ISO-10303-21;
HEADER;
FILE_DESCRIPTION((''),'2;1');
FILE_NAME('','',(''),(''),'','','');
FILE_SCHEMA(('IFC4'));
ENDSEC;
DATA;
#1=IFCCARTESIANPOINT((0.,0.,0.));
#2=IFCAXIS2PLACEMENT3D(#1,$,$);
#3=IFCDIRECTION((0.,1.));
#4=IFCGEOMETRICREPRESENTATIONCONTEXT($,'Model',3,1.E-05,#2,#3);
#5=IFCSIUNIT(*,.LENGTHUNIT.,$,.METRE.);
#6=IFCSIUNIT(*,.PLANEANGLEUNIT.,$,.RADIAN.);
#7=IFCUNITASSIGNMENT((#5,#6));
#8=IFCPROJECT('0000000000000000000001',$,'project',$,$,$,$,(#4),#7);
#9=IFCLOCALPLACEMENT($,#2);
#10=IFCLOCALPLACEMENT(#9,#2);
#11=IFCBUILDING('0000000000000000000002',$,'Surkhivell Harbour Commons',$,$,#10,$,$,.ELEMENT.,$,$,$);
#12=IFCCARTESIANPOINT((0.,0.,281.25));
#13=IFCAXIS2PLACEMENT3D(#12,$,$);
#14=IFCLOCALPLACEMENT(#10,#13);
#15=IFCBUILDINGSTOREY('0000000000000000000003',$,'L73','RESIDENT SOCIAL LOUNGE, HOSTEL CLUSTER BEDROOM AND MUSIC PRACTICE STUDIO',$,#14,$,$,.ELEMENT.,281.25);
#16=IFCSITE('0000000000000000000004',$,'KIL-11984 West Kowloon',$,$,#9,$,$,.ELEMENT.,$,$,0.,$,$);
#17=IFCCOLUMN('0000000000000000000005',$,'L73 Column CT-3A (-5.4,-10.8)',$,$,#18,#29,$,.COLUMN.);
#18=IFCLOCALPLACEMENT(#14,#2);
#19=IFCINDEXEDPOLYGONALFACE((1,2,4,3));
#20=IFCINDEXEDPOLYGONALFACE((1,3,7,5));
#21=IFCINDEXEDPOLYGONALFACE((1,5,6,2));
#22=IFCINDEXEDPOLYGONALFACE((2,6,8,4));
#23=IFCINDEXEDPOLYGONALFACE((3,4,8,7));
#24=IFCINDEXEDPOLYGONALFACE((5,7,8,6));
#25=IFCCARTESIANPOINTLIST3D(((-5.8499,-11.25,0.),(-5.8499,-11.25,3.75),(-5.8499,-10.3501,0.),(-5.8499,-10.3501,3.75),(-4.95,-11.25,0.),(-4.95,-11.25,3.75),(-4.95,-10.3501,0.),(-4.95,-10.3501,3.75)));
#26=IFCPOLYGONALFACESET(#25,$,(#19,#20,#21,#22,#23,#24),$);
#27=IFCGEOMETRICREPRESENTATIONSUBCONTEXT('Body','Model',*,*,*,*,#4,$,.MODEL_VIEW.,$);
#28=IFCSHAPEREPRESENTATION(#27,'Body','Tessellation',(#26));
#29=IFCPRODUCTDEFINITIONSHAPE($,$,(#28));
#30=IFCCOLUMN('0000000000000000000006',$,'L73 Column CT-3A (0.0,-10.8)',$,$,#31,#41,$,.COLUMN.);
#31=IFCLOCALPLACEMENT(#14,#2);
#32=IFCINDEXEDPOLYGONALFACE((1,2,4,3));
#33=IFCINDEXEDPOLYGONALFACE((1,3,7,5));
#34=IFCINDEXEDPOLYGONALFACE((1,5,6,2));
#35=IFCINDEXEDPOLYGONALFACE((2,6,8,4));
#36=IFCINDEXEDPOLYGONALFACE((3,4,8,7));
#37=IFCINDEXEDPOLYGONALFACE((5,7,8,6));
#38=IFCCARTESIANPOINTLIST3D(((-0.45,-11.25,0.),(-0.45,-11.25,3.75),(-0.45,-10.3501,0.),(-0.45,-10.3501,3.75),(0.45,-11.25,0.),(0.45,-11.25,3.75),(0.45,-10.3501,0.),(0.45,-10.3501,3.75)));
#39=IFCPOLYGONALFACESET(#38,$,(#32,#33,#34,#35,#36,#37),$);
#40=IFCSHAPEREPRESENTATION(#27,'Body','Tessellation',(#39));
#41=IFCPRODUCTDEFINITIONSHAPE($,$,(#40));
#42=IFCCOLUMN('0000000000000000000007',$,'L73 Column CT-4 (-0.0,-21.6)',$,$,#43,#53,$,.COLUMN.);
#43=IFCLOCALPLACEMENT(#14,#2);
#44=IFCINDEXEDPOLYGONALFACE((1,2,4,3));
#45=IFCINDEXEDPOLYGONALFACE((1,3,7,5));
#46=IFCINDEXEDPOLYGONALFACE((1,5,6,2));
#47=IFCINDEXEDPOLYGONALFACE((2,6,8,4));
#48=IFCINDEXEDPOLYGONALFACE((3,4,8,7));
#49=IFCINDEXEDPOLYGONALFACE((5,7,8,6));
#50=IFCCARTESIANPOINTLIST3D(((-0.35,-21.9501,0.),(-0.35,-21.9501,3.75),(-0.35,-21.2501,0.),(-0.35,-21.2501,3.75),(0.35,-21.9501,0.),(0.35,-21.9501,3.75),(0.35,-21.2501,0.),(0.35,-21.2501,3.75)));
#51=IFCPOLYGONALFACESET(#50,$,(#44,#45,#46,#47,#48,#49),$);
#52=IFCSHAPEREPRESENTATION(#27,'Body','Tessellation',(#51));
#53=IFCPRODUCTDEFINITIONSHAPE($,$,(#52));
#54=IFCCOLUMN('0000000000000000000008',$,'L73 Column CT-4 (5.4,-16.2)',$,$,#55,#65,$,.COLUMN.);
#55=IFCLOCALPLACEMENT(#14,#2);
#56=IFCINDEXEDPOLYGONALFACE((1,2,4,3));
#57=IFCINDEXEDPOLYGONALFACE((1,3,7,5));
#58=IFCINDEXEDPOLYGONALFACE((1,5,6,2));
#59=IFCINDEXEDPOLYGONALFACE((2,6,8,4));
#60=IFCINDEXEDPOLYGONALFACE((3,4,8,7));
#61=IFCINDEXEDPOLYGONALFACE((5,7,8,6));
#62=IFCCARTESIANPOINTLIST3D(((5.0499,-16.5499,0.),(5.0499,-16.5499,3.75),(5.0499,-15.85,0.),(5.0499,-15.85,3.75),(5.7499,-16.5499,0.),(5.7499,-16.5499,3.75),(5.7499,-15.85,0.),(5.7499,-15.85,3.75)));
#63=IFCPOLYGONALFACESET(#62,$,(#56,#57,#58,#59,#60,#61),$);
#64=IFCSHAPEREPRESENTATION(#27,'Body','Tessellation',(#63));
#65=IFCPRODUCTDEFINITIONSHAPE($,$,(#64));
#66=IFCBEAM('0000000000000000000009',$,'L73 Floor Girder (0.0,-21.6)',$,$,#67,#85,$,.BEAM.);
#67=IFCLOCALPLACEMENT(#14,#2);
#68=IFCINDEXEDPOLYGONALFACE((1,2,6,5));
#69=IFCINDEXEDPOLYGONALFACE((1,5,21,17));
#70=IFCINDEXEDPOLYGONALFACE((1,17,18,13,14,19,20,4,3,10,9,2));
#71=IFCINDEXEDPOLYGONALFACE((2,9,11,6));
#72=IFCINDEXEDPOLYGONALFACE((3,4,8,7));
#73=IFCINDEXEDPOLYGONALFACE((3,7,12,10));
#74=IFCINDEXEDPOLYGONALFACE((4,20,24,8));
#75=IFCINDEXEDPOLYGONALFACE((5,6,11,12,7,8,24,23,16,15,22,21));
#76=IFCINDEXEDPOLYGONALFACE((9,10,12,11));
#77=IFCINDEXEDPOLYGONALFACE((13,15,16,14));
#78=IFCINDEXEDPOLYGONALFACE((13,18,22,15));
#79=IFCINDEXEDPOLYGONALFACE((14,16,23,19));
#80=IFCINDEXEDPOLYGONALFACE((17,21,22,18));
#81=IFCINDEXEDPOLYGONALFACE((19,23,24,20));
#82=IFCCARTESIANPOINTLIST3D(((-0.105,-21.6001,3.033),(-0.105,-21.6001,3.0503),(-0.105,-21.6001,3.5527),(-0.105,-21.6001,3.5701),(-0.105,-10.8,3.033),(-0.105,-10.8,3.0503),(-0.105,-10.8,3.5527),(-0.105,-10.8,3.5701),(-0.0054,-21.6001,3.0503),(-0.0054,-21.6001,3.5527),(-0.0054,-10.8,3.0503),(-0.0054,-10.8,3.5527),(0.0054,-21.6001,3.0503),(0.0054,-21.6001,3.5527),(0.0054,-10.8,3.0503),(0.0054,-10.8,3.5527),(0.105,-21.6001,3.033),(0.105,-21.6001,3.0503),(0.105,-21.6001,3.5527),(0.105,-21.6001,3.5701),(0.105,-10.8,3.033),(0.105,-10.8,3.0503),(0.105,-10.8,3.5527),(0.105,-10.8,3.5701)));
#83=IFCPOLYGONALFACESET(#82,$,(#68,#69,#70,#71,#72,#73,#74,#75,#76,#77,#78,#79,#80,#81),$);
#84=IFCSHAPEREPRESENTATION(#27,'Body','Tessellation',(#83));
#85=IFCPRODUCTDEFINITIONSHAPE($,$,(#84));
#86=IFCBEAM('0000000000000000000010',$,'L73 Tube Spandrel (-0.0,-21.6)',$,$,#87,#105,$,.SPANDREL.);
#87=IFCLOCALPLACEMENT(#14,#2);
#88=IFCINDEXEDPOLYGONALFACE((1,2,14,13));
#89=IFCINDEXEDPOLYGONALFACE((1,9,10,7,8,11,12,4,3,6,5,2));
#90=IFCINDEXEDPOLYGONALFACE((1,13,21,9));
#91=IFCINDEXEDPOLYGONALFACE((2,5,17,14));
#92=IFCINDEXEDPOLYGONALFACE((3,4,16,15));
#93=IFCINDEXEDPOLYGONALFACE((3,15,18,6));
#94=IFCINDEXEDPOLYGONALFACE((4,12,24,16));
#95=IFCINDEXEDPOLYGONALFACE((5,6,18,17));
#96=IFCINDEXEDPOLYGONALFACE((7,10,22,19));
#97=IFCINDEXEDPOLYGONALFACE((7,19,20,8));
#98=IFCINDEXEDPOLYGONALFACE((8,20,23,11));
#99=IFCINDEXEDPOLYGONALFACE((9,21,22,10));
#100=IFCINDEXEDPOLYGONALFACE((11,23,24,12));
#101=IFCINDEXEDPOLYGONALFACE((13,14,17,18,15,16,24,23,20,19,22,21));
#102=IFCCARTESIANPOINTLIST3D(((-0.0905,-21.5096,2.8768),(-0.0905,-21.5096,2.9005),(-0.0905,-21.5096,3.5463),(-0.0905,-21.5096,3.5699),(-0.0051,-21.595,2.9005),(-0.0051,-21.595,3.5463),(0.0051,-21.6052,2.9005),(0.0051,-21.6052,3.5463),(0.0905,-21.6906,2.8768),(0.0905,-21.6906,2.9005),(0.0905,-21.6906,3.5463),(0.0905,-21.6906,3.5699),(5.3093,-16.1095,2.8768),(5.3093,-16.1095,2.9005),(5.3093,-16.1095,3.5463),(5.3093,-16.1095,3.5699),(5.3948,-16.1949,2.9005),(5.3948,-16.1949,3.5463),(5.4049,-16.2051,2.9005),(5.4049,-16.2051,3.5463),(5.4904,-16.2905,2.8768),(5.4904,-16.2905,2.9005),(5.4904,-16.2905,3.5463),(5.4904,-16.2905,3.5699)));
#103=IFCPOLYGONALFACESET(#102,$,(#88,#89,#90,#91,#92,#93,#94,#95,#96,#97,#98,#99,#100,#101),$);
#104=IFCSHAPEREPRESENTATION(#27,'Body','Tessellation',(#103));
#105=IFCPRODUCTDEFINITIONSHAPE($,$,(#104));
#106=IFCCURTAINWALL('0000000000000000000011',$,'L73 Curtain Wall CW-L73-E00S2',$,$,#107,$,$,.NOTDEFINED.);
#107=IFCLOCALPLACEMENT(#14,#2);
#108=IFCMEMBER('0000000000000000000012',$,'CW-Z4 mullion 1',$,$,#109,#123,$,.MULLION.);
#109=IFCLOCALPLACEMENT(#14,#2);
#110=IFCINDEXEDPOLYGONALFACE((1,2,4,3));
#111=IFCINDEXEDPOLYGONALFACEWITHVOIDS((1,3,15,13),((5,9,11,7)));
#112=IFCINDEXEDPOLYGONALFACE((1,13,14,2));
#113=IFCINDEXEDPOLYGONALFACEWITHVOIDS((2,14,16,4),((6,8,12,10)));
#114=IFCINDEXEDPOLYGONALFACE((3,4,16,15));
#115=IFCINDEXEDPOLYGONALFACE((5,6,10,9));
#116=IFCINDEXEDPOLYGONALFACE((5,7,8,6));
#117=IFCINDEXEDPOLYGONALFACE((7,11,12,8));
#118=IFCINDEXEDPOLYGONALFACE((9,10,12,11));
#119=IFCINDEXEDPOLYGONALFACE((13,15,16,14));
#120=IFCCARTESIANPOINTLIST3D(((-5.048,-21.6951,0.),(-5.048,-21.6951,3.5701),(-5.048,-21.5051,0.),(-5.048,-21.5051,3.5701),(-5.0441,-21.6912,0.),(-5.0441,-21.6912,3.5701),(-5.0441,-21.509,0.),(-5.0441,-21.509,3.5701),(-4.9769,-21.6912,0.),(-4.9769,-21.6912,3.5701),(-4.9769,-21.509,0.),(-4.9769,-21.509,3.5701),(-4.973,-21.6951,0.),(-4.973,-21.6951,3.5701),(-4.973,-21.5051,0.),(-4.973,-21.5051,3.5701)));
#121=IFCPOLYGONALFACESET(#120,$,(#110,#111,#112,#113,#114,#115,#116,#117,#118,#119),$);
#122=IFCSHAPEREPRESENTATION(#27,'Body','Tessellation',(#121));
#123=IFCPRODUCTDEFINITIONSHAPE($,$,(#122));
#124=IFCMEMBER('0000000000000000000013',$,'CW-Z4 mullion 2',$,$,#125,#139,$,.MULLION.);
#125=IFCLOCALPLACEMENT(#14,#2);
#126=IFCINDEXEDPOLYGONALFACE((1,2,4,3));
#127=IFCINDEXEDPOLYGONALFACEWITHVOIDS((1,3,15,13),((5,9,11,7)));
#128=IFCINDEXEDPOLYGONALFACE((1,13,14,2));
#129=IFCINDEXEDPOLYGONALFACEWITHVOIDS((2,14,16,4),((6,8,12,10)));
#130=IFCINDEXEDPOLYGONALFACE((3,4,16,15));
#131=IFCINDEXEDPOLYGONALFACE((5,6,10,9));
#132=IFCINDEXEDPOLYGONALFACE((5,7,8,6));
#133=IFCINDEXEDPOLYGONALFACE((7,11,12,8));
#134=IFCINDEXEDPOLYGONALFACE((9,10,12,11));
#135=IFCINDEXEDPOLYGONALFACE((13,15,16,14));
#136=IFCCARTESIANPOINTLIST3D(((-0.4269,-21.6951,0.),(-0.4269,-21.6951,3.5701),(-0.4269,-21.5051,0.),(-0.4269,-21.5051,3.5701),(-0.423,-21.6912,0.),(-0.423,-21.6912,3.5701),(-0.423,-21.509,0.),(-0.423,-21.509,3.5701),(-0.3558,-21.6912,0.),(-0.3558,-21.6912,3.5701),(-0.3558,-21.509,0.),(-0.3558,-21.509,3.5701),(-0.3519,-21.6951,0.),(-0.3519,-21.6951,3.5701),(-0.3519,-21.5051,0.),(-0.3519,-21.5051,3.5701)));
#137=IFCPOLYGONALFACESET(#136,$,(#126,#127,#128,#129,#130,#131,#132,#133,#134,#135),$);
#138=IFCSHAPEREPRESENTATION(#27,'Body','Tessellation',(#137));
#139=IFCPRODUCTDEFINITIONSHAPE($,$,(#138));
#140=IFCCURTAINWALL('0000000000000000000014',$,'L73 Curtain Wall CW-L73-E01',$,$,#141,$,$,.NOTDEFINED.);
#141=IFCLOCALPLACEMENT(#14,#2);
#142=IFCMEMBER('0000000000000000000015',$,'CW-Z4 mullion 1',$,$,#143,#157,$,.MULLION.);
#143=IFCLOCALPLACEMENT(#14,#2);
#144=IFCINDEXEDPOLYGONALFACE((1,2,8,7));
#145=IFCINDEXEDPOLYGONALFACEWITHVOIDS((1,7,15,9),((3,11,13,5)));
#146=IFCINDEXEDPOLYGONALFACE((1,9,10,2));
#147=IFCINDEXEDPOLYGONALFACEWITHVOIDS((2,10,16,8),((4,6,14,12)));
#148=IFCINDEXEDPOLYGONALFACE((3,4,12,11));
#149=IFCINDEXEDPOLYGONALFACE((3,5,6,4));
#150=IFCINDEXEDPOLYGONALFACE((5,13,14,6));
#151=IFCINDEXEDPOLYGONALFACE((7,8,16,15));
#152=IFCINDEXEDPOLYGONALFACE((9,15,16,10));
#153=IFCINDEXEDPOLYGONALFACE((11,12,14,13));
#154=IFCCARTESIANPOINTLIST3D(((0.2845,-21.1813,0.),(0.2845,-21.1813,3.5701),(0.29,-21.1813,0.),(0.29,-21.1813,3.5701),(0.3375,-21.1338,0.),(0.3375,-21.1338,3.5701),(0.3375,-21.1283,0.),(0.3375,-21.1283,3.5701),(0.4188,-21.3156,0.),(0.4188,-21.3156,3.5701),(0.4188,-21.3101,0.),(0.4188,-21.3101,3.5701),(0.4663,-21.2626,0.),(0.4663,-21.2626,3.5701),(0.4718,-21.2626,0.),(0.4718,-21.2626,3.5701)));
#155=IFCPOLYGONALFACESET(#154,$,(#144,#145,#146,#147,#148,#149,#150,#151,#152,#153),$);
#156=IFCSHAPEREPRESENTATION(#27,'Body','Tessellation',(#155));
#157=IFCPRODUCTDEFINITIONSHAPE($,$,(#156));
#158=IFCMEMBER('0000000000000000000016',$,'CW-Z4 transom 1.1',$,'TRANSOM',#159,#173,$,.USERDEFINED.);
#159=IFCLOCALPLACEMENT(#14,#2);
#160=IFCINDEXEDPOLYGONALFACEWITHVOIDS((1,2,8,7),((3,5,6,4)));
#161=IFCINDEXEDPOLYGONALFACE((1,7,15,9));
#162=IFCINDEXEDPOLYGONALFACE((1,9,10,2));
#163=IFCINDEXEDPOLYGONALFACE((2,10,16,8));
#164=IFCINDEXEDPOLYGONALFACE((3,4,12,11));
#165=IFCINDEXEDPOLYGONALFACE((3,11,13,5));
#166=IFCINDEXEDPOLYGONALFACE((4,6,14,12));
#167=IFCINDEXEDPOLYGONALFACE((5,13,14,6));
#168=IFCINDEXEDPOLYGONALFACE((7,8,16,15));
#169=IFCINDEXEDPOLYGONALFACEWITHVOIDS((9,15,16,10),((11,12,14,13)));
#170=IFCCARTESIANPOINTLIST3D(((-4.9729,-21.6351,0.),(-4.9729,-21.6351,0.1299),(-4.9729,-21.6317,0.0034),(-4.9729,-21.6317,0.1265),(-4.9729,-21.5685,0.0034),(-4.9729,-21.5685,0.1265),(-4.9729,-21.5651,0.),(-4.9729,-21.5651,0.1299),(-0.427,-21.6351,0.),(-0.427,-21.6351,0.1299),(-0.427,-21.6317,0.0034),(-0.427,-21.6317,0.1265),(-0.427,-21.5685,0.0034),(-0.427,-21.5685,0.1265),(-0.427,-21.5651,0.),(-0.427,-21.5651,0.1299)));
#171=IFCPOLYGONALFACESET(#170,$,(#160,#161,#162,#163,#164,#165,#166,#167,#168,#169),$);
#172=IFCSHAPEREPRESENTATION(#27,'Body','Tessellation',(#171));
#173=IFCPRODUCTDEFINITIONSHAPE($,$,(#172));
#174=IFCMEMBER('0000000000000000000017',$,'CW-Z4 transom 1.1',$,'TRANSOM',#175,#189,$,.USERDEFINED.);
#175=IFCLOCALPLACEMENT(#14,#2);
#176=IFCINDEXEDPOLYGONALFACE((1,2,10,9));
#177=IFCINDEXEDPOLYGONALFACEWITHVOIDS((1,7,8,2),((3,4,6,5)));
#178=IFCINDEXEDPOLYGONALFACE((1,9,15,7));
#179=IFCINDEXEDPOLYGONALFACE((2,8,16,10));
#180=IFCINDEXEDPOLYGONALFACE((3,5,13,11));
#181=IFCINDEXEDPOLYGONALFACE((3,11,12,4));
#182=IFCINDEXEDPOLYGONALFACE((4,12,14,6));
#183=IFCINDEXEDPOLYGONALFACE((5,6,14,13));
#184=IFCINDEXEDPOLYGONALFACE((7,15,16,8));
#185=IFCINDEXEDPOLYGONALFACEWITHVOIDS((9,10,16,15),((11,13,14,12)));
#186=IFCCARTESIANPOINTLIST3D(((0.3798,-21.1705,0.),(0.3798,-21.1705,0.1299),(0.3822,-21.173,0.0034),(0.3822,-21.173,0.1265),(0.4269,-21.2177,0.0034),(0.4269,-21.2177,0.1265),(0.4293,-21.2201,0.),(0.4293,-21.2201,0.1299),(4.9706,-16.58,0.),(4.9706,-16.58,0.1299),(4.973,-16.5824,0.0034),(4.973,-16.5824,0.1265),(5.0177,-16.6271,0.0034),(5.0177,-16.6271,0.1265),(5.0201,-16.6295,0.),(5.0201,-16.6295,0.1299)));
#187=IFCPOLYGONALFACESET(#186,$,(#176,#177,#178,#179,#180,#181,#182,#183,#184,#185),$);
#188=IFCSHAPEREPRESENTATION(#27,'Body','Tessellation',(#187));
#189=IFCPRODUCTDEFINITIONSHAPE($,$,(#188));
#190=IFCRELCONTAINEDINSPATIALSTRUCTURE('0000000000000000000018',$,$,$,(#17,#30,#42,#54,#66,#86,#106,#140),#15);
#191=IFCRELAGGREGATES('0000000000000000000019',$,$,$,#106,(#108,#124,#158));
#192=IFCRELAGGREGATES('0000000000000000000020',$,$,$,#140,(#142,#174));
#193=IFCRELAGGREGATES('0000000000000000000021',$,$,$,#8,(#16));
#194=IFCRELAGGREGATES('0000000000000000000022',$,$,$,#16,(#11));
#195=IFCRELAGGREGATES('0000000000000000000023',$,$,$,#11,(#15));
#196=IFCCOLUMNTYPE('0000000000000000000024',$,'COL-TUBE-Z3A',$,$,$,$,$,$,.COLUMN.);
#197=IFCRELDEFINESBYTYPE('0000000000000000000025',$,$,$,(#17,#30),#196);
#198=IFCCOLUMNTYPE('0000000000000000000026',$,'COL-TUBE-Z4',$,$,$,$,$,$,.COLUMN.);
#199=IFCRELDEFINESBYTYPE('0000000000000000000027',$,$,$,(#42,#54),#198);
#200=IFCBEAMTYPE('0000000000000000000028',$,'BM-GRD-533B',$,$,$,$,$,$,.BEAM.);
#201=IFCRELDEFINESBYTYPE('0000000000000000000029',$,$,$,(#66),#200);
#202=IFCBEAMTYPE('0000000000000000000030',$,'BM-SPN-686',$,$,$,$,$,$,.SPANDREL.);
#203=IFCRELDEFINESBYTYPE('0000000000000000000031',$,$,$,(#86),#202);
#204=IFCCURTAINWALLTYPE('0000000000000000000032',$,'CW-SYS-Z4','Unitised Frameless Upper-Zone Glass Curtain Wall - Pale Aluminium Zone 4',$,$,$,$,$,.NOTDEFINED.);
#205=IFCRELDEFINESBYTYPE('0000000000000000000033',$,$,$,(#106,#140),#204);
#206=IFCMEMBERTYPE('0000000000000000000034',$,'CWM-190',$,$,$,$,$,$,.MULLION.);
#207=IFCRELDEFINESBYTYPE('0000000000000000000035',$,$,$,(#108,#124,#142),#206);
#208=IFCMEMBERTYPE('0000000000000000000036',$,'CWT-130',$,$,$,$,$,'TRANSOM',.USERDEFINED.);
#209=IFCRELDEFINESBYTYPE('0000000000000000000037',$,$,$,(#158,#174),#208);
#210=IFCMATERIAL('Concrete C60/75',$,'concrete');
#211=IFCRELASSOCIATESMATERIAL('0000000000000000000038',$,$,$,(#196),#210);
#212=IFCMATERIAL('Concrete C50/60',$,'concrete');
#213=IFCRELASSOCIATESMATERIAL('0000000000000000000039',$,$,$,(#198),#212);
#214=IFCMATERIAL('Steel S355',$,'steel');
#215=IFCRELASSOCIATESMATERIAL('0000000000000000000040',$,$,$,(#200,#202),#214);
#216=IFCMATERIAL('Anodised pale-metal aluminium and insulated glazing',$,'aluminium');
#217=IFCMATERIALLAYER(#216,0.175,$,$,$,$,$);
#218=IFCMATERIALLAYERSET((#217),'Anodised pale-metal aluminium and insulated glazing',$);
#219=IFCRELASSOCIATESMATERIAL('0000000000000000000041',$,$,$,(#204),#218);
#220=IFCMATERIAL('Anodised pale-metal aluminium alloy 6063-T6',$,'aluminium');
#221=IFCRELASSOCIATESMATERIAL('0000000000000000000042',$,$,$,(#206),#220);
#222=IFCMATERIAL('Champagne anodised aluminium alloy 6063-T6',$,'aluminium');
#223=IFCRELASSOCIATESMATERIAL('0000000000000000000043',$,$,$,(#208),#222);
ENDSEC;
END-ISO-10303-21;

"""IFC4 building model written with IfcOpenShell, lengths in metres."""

from ifc_helpers import new_model, si_unit, direction, frame, origin, origin_2d, place, context, subcontext, project, spatial, rectangle, hollow_rectangle, i_section, extrude, material, layer, layer_set, material_profile, profile_set, type_object, element, aggregate, save


model = new_model("IFC4")

# Units and contexts
model_context = context("Model", 3, precision=1e-05, world=origin(), true_north=direction((0.0, 1.0)))
body_context = subcontext(model_context, "Body", "Model", "MODEL_VIEW")
ifc_project = project(units=[si_unit("LENGTHUNIT", "METRE"), si_unit("PLANEANGLEUNIT", "RADIAN")], contexts=[model_context])

# Site, building, storey
site_placement = place(None, origin())
site = spatial("IfcSite", under=ifc_project, at=site_placement, Name="KIL-11984 West Kowloon", CompositionType="ELEMENT", RefElevation=0.0)
building_placement = place(site_placement, origin())
building = spatial("IfcBuilding", under=site, at=building_placement, Name="Surkhivell Harbour Commons", CompositionType="ELEMENT")
storey_placement = place(building_placement, frame((0.0, 0.0, 281.25)))
storey = spatial("IfcBuildingStorey", under=building, at=storey_placement, Name="L73", Description="RESIDENT SOCIAL LOUNGE, HOSTEL CLUSTER BEDROOM AND MUSIC PRACTICE STUDIO", CompositionType="ELEMENT", Elevation=281.25)

# Columns
ifc_material_1 = material(Name="Concrete C60/75", Category="concrete")
ifc_material_profile_1 = material_profile(ifc_material_1, rectangle(XDim=0.8999, YDim=0.8999, at=origin_2d()), Name="RC-COL-900x900")
ifc_profile_set_1 = profile_set([ifc_material_profile_1], Name="Concrete C60/75")
column_type_1 = type_object("IfcColumnType", Name="COL-TUBE-Z3A", PredefinedType="COLUMN", material=ifc_profile_set_1)
for number, where, z_axis, x_axis, name in (
    (1, (-5.3999, -10.8, 0.0), (0.0, 0.0, 1.0), (1.0, 0.0, 0.0), "L73 Column CT-3A (-5.4,-10.8)"),
    (2, (0.0, -10.8, 0.0), (0.0, 0.0, 1.0), (1.0, 0.0, 0.0), "L73 Column CT-3A (0.0,-10.8)"),
):
    element("IfcColumn", number, at=place(storey_placement, frame(where, z_axis=z_axis, x_axis=x_axis)), inside=storey, type_object=column_type_1, Name=name, PredefinedType="COLUMN", context=body_context, shape_type="SweptSolid", body=[
        extrude(rectangle(XDim=0.8999, YDim=0.8999, at=origin_2d()), origin(), (0.0, 0.0, 1.0), 3.75),
    ])
ifc_material_2 = material(Name="Concrete C50/60", Category="concrete")
ifc_material_profile_2 = material_profile(ifc_material_2, rectangle(XDim=0.7, YDim=0.7, at=origin_2d()), Name="RC-COL-700x700")
ifc_profile_set_2 = profile_set([ifc_material_profile_2], Name="Concrete C50/60")
column_type_2 = type_object("IfcColumnType", Name="COL-TUBE-Z4", PredefinedType="COLUMN", material=ifc_profile_set_2)
for number, where, z_axis, x_axis, name in (
    (3, (0.0, -21.6001, 0.0), (0.0, 0.0, 1.0), (1.0, 0.0, 0.0), "L73 Column CT-4 (-0.0,-21.6)"),
    (4, (5.3999, -16.2, 0.0), (0.0, 0.0, 1.0), (1.0, 0.0, 0.0), "L73 Column CT-4 (5.4,-16.2)"),
):
    element("IfcColumn", number, at=place(storey_placement, frame(where, z_axis=z_axis, x_axis=x_axis)), inside=storey, type_object=column_type_2, Name=name, PredefinedType="COLUMN", context=body_context, shape_type="SweptSolid", body=[
        extrude(rectangle(XDim=0.7, YDim=0.7, at=origin_2d()), origin(), (0.0, 0.0, 1.0), 3.75),
    ])

# Beams
ifc_material_3 = material(Name="Steel S355", Category="steel")
ifc_material_profile_3 = material_profile(ifc_material_3, i_section(OverallWidth=0.21, OverallDepth=0.5371, WebThickness=0.0107, FlangeThickness=0.0173, at=origin_2d()), Name="UB533x210x101")
ifc_profile_set_3 = profile_set([ifc_material_profile_3], Name="Steel S355")
beam_type_1 = type_object("IfcBeamType", Name="BM-GRD-533B", PredefinedType="BEAM", material=ifc_profile_set_3)
beam_1_placement = place(storey_placement, frame((0.0, -21.6001, 3.3015), z_axis=(0.0, 1.0, 0.0), x_axis=(-1.0, 0.0, 0.0)))
element("IfcBeam", 5, at=beam_1_placement, inside=storey, type_object=beam_type_1, Name="L73 Floor Girder (0.0,-21.6)", PredefinedType="BEAM", context=body_context, shape_type="SweptSolid", body=[
    extrude(i_section(OverallWidth=0.21, OverallDepth=0.5371, WebThickness=0.0107, FlangeThickness=0.0173, at=origin_2d()), origin(), (0.0, 0.0, 1.0), 10.8),
])
ifc_material_profile_4 = material_profile(ifc_material_3, i_section(OverallWidth=0.2561, OverallDepth=0.6931, WebThickness=0.0144, FlangeThickness=0.0237, at=origin_2d()), Name="UB686x254x170")
ifc_profile_set_4 = profile_set([ifc_material_profile_4], Name="Steel S355")
beam_type_2 = type_object("IfcBeamType", Name="BM-SPN-686", PredefinedType="SPANDREL", material=ifc_profile_set_4)
beam_2_placement = place(storey_placement, frame((0.0, -21.6001, 3.2234), z_axis=(0.707091, 0.707123, 0.0), x_axis=(-0.707123, 0.707091, 0.0)))
element("IfcBeam", 6, at=beam_2_placement, inside=storey, type_object=beam_type_2, Name="L73 Tube Spandrel (-0.0,-21.6)", PredefinedType="SPANDREL", context=body_context, shape_type="SweptSolid", body=[
    extrude(i_section(OverallWidth=0.2561, OverallDepth=0.6931, WebThickness=0.0144, FlangeThickness=0.0237, at=origin_2d()), origin(), (0.0, 0.0, 1.0), 7.6367),
])

# Curtain wall, members
ifc_material_4 = material(Name="Anodised pale-metal aluminium and insulated glazing", Category="aluminium")
ifc_layer_1 = layer(ifc_material_4, 0.175)
ifc_layer_set_1 = layer_set([ifc_layer_1], Name="Anodised pale-metal aluminium and insulated glazing")
curtain_wall_type = type_object("IfcCurtainWallType", Name="CW-SYS-Z4", Description="Unitised Frameless Upper-Zone Glass Curtain Wall - Pale Aluminium Zone 4", PredefinedType="NOTDEFINED", material=ifc_layer_set_1)
curtain_wall_1_placement = place(storey_placement, origin())
curtain_wall_1 = element("IfcCurtainWall", 7, at=curtain_wall_1_placement, inside=storey, type_object=curtain_wall_type, Name="L73 Curtain Wall CW-L73-E00S2", PredefinedType="NOTDEFINED")
ifc_material_5 = material(Name="Anodised pale-metal aluminium alloy 6063-T6", Category="aluminium")
ifc_material_profile_5 = material_profile(ifc_material_5, hollow_rectangle(XDim=0.075, YDim=0.1899, WallThickness=0.0039, at=origin_2d()), Name="ALU-MULL-75x190")
ifc_profile_set_5 = profile_set([ifc_material_profile_5], Name="Anodised pale-metal aluminium alloy 6063-T6")
member_type_1 = type_object("IfcMemberType", Name="CWM-190", PredefinedType="MULLION", material=ifc_profile_set_5)
member_1_placement = place(storey_placement, frame((-5.0105, -21.6001, 0.0), z_axis=(0.0, 0.0, 1.0), x_axis=(1.0, 0.0, 0.0)))
member_1 = element("IfcMember", 8, at=member_1_placement, type_object=member_type_1, Name="CW-Z4 mullion 1", PredefinedType="MULLION", context=body_context, shape_type="SweptSolid", body=[
    extrude(hollow_rectangle(XDim=0.075, YDim=0.1899, WallThickness=0.0039, at=origin_2d()), origin(), (0.0, 0.0, 1.0), 3.5701),
])
member_2_placement = place(storey_placement, frame((-0.3894, -21.6001, 0.0), z_axis=(0.0, 0.0, 1.0), x_axis=(1.0, 0.0, 0.0)))
member_2 = element("IfcMember", 9, at=member_2_placement, type_object=member_type_1, Name="CW-Z4 mullion 2", PredefinedType="MULLION", context=body_context, shape_type="SweptSolid", body=[
    extrude(hollow_rectangle(XDim=0.075, YDim=0.1899, WallThickness=0.0039, at=origin_2d()), origin(), (0.0, 0.0, 1.0), 3.5701),
])

# Curtain wall, member
curtain_wall_2_placement = place(storey_placement, origin())
curtain_wall_2 = element("IfcCurtainWall", 10, at=curtain_wall_2_placement, inside=storey, type_object=curtain_wall_type, Name="L73 Curtain Wall CW-L73-E01", PredefinedType="NOTDEFINED")
member_3_placement = place(storey_placement, frame((0.3782, -21.2219, 0.0), z_axis=(0.0, 0.0, 1.0), x_axis=(0.707107, 0.707107, 0.0)))
member_3 = element("IfcMember", 11, at=member_3_placement, type_object=member_type_1, Name="CW-Z4 mullion 1", PredefinedType="MULLION", context=body_context, shape_type="SweptSolid", body=[
    extrude(hollow_rectangle(XDim=0.075, YDim=0.1899, WallThickness=0.0039, at=origin_2d()), origin(), (0.0, 0.0, 1.0), 3.5701),
])

# Members
ifc_material_6 = material(Name="Champagne anodised aluminium alloy 6063-T6", Category="aluminium")
ifc_material_profile_6 = material_profile(ifc_material_6, hollow_rectangle(XDim=0.0701, YDim=0.1299, WallThickness=0.0034, at=origin_2d()), Name="ALU-TRAN-70x130")
ifc_profile_set_6 = profile_set([ifc_material_profile_6], Name="Champagne anodised aluminium alloy 6063-T6")
member_type_2 = type_object("IfcMemberType", Name="CWT-130", ElementType="TRANSOM", PredefinedType="USERDEFINED", material=ifc_profile_set_6)
member_4_placement = place(storey_placement, frame((-4.9729, -21.6001, 0.0649), z_axis=(1.0, 0.0, 0.0), x_axis=(0.0, 1.0, 0.0)))
member_4 = element("IfcMember", 12, at=member_4_placement, type_object=member_type_2, Name="CW-Z4 transom 1.1", ObjectType="TRANSOM", PredefinedType="USERDEFINED", context=body_context, shape_type="SweptSolid", body=[
    extrude(hollow_rectangle(XDim=0.0701, YDim=0.1299, WallThickness=0.0034, at=origin_2d()), origin(), (0.0, 0.0, 1.0), 4.5459),
])
member_5_placement = place(storey_placement, frame((0.4045, -21.1953, 0.0649), z_axis=(0.707126, 0.707088, 0.0), x_axis=(-0.707088, 0.707126, 0.0)))
member_5 = element("IfcMember", 13, at=member_5_placement, type_object=member_type_2, Name="CW-Z4 transom 1.1", ObjectType="TRANSOM", PredefinedType="USERDEFINED", context=body_context, shape_type="SweptSolid", body=[
    extrude(hollow_rectangle(XDim=0.0701, YDim=0.1299, WallThickness=0.0034, at=origin_2d()), origin(), (0.0, 0.0, 1.0), 6.4922),
])

aggregate(curtain_wall_1, [member_1, member_2, member_4])
aggregate(curtain_wall_2, [member_3, member_5])

save(model, "model.ifc")
